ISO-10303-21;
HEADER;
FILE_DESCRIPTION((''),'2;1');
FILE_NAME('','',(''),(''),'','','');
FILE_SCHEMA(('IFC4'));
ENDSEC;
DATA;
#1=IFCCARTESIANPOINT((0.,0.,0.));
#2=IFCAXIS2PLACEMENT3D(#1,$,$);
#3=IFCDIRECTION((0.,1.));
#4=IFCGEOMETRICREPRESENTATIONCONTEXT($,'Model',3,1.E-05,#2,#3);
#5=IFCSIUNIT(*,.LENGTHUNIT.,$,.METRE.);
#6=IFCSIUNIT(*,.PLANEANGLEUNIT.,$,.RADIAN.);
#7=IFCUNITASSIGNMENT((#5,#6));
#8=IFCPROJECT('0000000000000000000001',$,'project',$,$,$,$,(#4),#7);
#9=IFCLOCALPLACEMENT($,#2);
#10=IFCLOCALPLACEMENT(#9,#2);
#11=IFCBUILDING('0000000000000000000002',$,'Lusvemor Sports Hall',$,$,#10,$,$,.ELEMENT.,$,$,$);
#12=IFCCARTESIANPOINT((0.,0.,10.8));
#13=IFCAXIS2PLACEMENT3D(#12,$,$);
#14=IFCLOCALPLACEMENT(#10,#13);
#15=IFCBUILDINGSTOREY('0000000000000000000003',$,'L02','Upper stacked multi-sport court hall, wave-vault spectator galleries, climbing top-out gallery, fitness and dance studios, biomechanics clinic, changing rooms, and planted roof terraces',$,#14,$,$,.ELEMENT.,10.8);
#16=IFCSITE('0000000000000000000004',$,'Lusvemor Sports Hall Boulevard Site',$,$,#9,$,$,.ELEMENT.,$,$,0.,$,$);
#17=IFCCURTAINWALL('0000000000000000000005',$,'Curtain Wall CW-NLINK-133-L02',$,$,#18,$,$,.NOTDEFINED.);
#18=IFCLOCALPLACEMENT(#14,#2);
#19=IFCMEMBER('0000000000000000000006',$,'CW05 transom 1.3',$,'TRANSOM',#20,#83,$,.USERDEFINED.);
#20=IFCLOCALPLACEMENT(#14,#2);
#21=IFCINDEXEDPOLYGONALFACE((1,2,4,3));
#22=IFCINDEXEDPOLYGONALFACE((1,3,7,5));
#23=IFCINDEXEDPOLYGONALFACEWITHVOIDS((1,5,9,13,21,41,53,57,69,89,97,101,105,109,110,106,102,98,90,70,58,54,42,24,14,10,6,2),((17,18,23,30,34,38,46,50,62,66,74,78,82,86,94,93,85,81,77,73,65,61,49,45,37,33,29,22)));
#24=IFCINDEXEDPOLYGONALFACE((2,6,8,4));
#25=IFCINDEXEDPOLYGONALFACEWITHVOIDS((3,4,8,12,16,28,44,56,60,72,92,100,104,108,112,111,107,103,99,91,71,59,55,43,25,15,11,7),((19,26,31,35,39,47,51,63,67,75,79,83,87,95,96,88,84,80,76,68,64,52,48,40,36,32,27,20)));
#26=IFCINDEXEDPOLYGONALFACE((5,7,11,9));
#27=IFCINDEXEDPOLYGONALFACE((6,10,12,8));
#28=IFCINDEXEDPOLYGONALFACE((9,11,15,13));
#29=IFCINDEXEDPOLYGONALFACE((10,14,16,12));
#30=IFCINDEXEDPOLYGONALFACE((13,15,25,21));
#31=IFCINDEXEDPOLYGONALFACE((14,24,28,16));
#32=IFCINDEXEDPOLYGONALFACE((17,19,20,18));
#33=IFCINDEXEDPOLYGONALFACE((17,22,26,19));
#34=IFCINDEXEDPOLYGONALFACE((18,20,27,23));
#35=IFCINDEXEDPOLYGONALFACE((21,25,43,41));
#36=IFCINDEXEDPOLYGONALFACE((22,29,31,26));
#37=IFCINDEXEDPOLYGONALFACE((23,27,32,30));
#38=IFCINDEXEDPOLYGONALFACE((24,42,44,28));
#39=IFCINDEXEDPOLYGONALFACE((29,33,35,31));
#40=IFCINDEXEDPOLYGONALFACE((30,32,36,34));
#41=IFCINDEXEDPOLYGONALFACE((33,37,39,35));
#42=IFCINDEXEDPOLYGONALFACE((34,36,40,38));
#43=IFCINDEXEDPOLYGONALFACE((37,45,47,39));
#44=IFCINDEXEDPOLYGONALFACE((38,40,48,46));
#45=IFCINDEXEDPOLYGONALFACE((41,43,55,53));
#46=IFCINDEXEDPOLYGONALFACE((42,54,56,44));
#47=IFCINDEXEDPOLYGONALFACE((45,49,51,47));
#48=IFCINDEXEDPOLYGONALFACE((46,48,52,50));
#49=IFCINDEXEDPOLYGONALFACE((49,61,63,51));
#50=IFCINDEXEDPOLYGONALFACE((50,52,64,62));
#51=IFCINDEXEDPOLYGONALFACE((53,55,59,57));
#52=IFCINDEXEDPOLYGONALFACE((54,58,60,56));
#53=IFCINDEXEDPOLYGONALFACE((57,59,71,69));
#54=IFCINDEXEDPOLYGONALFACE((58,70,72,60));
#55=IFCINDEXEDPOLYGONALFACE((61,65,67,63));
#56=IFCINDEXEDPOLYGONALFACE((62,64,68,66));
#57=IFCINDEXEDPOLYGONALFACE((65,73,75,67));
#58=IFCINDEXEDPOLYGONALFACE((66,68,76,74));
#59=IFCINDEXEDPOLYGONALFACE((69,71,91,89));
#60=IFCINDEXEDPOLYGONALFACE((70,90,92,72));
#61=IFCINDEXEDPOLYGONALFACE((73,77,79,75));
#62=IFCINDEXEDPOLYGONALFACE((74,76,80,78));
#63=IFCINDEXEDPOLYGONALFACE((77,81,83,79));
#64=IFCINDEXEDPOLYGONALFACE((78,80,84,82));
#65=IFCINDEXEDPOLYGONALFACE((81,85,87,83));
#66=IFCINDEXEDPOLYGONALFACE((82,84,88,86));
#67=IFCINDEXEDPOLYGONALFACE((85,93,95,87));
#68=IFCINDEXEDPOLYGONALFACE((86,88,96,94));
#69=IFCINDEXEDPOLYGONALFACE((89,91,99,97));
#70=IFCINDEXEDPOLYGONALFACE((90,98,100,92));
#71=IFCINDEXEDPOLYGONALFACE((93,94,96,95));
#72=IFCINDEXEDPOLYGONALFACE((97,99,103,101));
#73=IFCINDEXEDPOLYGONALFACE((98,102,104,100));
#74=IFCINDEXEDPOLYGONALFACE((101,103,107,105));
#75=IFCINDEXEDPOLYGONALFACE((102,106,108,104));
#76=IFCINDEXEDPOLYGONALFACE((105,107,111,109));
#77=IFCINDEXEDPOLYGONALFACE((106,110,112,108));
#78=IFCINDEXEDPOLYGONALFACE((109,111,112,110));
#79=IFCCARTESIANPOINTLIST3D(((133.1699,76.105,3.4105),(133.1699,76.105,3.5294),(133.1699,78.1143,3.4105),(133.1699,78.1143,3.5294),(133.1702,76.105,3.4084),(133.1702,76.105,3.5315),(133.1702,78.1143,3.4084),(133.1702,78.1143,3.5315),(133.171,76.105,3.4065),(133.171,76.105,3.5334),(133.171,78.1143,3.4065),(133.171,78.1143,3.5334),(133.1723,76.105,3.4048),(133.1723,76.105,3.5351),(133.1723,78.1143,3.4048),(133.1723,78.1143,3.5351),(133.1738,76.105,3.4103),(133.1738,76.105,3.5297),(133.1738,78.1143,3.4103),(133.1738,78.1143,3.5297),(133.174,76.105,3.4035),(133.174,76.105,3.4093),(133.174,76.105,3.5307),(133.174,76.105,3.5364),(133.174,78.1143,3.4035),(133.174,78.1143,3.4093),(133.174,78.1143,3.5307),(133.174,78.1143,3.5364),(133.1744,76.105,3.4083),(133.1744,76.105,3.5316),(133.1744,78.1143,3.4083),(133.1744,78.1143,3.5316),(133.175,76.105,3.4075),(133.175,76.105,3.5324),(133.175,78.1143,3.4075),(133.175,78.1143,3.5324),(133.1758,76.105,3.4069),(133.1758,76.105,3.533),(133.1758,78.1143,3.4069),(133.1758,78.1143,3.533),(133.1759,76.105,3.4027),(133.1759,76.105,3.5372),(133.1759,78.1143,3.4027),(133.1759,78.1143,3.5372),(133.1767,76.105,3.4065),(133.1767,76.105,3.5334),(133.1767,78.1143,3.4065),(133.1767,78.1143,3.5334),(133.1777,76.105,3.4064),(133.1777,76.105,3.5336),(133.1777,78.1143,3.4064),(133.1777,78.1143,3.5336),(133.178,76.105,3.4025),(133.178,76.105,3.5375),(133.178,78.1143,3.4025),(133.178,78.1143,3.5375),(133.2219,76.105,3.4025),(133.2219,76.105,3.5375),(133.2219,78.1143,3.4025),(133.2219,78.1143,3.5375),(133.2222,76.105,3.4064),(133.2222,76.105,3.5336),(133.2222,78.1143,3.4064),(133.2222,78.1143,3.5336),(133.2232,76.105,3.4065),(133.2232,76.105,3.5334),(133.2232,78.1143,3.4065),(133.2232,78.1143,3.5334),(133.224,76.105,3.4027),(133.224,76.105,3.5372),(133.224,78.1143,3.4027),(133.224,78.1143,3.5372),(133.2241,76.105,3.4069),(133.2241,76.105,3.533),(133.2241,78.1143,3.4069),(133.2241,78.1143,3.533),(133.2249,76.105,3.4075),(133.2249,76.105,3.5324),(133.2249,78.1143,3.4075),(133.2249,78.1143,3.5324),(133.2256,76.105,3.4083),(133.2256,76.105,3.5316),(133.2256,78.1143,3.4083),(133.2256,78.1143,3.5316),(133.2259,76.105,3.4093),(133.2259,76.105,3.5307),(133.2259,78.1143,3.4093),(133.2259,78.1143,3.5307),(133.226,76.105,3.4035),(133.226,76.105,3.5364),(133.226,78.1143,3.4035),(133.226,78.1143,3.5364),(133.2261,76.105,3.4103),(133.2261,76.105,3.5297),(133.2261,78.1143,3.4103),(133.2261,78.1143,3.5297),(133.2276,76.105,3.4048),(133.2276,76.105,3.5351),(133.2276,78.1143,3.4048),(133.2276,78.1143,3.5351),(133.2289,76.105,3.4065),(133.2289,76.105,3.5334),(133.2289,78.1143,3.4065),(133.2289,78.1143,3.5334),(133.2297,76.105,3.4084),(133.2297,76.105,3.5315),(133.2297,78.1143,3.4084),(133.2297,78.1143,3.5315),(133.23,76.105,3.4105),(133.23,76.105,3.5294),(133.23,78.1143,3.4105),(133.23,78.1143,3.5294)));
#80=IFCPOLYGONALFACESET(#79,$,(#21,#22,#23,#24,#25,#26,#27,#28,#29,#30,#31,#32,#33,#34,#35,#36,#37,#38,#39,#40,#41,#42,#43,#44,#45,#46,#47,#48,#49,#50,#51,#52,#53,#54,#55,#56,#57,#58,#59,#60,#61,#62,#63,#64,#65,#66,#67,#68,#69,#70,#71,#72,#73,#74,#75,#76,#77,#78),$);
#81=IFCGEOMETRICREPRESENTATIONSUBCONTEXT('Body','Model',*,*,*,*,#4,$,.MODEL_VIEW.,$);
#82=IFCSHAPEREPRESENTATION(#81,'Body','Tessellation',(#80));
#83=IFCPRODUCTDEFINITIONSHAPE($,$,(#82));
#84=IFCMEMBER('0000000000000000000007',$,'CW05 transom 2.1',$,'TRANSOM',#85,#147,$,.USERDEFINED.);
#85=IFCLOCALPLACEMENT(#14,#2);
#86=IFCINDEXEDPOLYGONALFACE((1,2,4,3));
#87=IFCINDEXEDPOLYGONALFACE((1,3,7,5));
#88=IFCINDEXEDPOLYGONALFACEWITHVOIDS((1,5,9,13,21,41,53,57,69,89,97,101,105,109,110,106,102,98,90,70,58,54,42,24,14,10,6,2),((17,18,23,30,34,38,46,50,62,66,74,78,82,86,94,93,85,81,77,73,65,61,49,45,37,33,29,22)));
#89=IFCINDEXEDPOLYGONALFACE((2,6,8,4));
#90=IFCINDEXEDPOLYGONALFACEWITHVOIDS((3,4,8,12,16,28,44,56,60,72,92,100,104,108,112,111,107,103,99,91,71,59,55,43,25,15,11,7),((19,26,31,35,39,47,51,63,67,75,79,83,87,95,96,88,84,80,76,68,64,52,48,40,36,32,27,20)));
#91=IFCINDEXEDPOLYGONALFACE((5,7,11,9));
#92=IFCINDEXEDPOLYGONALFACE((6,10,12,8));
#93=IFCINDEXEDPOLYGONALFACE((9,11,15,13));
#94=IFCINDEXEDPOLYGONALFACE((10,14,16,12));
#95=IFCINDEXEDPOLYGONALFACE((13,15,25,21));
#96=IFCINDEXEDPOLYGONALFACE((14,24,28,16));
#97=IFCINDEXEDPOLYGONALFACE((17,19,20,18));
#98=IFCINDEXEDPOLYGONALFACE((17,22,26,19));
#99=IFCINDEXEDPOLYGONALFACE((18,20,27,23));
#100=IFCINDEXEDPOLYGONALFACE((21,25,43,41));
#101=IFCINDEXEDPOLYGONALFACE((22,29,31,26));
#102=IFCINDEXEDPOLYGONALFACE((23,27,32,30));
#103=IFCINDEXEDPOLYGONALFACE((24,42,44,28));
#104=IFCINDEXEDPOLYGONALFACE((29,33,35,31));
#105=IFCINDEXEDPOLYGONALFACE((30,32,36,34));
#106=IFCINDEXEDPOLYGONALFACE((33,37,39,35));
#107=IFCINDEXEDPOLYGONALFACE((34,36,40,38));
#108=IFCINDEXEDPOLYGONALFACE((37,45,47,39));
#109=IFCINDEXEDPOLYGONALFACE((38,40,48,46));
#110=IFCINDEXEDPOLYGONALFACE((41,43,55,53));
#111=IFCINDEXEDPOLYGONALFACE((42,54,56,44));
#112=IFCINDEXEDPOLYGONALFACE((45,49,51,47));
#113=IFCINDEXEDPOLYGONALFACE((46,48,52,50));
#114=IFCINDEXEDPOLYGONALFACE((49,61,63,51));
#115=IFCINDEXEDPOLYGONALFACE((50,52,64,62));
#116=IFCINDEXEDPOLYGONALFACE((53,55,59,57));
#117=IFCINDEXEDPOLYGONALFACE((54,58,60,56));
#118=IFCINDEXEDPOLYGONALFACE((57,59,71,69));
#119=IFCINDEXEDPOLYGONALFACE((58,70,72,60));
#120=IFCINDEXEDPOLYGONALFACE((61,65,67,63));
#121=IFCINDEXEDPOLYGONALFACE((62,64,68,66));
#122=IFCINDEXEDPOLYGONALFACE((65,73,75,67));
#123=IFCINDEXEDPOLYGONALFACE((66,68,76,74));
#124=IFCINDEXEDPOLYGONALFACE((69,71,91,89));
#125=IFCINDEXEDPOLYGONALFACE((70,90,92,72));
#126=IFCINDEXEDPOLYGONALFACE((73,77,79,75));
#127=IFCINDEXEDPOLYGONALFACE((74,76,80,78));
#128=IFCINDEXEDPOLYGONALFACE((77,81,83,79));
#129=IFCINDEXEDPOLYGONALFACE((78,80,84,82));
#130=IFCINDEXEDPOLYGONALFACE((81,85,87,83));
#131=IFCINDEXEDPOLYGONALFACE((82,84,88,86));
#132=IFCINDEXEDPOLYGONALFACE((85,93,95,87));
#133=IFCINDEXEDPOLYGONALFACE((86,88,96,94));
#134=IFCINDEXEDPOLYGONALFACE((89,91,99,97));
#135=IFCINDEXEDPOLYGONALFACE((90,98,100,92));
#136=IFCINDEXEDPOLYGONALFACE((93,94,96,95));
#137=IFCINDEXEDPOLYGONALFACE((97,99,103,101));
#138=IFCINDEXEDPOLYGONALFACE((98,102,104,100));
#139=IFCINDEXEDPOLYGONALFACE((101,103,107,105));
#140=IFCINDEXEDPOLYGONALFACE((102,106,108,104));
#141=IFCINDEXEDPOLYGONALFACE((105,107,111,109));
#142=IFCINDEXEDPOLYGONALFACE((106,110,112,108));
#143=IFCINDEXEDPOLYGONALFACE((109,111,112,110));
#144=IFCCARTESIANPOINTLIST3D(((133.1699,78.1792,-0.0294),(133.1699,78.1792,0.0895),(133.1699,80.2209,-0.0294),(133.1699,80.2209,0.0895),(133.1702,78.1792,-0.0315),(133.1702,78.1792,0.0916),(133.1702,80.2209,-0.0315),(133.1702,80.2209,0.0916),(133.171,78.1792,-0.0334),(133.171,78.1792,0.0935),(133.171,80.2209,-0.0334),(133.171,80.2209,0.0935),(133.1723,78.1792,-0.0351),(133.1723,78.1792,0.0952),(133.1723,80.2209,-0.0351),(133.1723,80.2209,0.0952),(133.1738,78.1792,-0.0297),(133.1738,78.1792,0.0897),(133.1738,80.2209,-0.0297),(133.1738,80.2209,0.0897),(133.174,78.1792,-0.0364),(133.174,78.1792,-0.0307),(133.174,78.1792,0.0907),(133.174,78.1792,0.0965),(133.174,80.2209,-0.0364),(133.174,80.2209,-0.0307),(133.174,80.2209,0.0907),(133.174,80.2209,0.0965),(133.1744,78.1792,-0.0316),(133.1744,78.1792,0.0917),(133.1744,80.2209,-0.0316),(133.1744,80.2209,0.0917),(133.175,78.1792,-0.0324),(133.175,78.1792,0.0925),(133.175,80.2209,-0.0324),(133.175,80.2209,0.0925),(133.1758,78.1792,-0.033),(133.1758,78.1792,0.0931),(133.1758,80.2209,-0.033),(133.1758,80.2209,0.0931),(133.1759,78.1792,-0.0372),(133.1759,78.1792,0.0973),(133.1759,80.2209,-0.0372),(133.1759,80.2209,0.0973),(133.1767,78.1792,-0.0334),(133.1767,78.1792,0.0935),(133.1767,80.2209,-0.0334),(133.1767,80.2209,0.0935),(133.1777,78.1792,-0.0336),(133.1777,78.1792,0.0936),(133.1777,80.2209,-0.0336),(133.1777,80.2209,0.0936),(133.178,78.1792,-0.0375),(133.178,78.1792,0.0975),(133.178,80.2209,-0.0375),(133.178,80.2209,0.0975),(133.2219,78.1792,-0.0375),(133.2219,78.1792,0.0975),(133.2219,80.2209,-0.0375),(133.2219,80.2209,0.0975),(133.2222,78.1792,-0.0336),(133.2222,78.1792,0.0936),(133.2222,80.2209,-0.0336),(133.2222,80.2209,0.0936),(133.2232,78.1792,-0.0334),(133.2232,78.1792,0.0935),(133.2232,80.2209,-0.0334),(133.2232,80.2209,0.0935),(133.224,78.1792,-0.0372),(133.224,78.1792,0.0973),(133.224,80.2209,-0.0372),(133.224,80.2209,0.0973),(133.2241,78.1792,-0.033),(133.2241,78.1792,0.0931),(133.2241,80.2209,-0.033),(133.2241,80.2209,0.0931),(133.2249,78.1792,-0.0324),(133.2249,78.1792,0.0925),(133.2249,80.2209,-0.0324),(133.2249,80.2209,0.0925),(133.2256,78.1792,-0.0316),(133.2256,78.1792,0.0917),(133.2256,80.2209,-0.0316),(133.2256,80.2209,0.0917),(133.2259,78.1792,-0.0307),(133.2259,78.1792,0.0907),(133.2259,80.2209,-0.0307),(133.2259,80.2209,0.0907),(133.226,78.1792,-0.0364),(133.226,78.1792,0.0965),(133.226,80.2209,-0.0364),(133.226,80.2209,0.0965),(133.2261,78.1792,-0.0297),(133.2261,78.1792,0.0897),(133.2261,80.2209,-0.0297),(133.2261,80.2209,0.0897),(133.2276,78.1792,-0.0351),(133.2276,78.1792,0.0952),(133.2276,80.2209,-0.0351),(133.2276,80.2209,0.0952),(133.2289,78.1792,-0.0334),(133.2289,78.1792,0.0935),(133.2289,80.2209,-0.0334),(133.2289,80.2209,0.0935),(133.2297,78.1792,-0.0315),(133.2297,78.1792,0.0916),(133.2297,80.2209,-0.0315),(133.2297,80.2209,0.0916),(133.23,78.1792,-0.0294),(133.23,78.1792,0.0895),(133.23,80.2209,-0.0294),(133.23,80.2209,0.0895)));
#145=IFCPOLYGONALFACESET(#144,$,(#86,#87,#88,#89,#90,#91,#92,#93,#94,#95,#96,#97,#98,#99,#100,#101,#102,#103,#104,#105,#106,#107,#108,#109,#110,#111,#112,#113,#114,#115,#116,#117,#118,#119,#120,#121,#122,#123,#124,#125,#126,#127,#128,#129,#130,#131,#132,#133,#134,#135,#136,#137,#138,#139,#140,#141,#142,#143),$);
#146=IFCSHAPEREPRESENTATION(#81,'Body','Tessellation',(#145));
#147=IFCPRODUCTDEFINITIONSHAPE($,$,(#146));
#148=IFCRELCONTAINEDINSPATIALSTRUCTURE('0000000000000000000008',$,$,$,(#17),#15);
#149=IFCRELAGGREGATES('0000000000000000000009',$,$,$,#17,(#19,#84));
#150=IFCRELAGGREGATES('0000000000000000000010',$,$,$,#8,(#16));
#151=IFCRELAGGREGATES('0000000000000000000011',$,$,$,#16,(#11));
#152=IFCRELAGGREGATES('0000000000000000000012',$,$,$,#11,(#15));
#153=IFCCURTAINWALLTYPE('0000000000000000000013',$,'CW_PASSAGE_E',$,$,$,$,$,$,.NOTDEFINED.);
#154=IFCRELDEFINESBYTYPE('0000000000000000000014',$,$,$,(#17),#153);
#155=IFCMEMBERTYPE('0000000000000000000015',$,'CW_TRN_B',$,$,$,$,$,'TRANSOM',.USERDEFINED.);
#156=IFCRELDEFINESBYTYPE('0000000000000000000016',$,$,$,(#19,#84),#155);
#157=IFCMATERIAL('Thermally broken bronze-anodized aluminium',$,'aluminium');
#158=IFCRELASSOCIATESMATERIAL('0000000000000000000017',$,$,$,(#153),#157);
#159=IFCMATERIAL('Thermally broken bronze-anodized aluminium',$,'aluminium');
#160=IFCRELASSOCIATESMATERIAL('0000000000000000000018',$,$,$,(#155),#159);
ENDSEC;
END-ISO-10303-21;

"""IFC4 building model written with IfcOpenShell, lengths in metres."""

from ifc_helpers import new_model, si_unit, direction, frame, origin, origin_2d, place, context, subcontext, project, spatial, hollow_rectangle, extrude, material, material_profile, profile_set, type_object, element, aggregate, save


model = new_model("IFC4")

# Units and contexts
model_context = context("Model", 3, precision=1e-05, world=origin(), true_north=direction((0.0, 1.0)))
body_context = subcontext(model_context, "Body", "Model", "MODEL_VIEW")
ifc_project = project(units=[si_unit("LENGTHUNIT", "METRE"), si_unit("PLANEANGLEUNIT", "RADIAN")], contexts=[model_context])

# Site, building, storey
site_placement = place(None, origin())
site = spatial("IfcSite", under=ifc_project, at=site_placement, Name="Lusvemor Sports Hall Boulevard Site", CompositionType="ELEMENT", RefElevation=0.0)
building_placement = place(site_placement, origin())
building = spatial("IfcBuilding", under=site, at=building_placement, Name="Lusvemor Sports Hall", CompositionType="ELEMENT")
storey_placement = place(building_placement, frame((0.0, 0.0, 10.8)))
storey = spatial("IfcBuildingStorey", under=building, at=storey_placement, Name="L02", Description="Upper stacked multi-sport court hall, wave-vault spectator galleries, climbing top-out gallery, fitness and dance studios, biomechanics clinic, changing rooms, and planted roof terraces", CompositionType="ELEMENT", Elevation=10.8)

# Curtain wall
ifc_material_1 = material(Name="Thermally broken bronze-anodized aluminium", Category="aluminium")
curtain_wall_type_1 = type_object("IfcCurtainWallType", Name="CW_PASSAGE_E", PredefinedType="NOTDEFINED", material=ifc_material_1)
curtain_wall_1_placement = place(storey_placement, origin())
curtain_wall_1 = element("IfcCurtainWall", 1, at=curtain_wall_1_placement, inside=storey, type_object=curtain_wall_type_1, Name="Curtain Wall CW-NLINK-133-L02", PredefinedType="NOTDEFINED")

# Members
ifc_material_2 = material(Name="Thermally broken bronze-anodized aluminium", Category="aluminium")
ifc_material_profile_1 = material_profile(ifc_material_2, hollow_rectangle(XDim=0.0601, YDim=0.135, WallThickness=0.0039, InnerFilletRadius=0.0039, OuterFilletRadius=0.0081, at=origin_2d()), Name="CWTRN135x60x4")
ifc_profile_set_1 = profile_set([ifc_material_profile_1], Name="Thermally broken bronze-anodized aluminium")
member_type_1 = type_object("IfcMemberType", Name="CW_TRN_B", ElementType="TRANSOM", PredefinedType="USERDEFINED", material=ifc_profile_set_1)
member_1_placement = place(storey_placement, frame((133.2, 76.105, 3.47), z_axis=(0.0, 1.0, 0.0), x_axis=(-1.0, 0.0, 0.0)))
member_1 = element("IfcMember", 2, at=member_1_placement, type_object=member_type_1, Name="CW05 transom 1.3", ObjectType="TRANSOM", PredefinedType="USERDEFINED", context=body_context, shape_type="SweptSolid", body=[
    extrude(hollow_rectangle(XDim=0.0601, YDim=0.135, WallThickness=0.0039, InnerFilletRadius=0.0039, OuterFilletRadius=0.0081, at=origin_2d()), origin(), (0.0, 0.0, 1.0), 2.0093),
])
member_2_placement = place(storey_placement, frame((133.2, 78.1792, 0.03), z_axis=(0.0, 1.0, 0.0), x_axis=(-1.0, 0.0, 0.0)))
member_2 = element("IfcMember", 3, at=member_2_placement, type_object=member_type_1, Name="CW05 transom 2.1", ObjectType="TRANSOM", PredefinedType="USERDEFINED", context=body_context, shape_type="SweptSolid", body=[
    extrude(hollow_rectangle(XDim=0.0601, YDim=0.135, WallThickness=0.0039, InnerFilletRadius=0.0039, OuterFilletRadius=0.0081, at=origin_2d()), origin(), (0.0, 0.0, 1.0), 2.0417),
])

aggregate(curtain_wall_1, [member_1, member_2])

save(model, "model.ifc")
